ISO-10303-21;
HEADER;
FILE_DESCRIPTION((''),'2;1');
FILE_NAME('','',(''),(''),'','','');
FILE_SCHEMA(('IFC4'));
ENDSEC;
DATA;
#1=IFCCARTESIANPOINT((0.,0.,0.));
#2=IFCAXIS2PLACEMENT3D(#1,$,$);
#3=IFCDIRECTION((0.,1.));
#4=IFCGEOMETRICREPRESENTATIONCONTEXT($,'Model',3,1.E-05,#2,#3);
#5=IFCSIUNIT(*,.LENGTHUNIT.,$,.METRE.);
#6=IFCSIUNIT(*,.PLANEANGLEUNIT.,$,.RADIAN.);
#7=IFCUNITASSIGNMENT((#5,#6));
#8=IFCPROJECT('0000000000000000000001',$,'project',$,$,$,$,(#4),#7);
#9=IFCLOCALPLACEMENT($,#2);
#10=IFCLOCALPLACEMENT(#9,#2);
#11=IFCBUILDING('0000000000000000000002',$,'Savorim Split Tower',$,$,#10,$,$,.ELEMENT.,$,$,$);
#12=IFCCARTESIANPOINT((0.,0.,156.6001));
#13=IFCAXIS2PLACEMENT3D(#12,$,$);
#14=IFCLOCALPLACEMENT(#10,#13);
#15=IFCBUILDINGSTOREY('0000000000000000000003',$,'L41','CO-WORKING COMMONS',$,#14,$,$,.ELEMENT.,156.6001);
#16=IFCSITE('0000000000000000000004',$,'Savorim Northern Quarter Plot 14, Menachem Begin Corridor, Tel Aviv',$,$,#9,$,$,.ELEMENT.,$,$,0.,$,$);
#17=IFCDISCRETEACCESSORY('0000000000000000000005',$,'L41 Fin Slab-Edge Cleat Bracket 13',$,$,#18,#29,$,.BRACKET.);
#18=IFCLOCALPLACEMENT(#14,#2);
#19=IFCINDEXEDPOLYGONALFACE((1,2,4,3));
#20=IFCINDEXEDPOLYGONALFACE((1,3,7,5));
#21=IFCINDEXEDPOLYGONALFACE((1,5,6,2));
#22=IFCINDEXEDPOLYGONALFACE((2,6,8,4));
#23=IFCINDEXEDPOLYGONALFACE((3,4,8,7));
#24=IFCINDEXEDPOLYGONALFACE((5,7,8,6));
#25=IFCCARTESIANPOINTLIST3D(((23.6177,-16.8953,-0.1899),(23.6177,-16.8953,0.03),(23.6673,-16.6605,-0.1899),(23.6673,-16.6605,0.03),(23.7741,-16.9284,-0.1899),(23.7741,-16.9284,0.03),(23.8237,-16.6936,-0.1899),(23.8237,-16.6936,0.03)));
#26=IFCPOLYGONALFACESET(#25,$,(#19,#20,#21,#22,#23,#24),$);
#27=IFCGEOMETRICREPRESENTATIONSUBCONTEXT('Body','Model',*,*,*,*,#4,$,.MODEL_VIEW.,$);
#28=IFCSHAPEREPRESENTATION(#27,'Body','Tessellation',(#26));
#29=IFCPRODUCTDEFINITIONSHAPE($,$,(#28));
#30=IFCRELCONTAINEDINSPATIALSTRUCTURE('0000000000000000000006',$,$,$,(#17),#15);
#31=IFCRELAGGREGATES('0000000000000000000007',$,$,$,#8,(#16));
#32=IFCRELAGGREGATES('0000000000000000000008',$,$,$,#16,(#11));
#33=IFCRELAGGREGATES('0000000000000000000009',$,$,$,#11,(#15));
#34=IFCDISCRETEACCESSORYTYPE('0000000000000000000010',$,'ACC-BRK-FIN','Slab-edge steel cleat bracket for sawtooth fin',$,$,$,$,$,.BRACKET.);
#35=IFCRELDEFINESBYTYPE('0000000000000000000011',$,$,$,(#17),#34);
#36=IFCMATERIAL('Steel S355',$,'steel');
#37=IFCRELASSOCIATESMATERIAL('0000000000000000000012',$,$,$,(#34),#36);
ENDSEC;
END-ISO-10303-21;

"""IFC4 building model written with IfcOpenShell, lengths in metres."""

from ifc_helpers import new_model, si_unit, direction, frame, origin, origin_2d, place, context, subcontext, project, spatial, rectangle, extrude, material, type_object, element, save


model = new_model("IFC4")

# Units and contexts
model_context = context("Model", 3, precision=1e-05, world=origin(), true_north=direction((0.0, 1.0)))
body_context = subcontext(model_context, "Body", "Model", "MODEL_VIEW")
ifc_project = project(units=[si_unit("LENGTHUNIT", "METRE"), si_unit("PLANEANGLEUNIT", "RADIAN")], contexts=[model_context])

# Site, building, storey
site_placement = place(None, origin())
site = spatial("IfcSite", under=ifc_project, at=site_placement, Name="Savorim Northern Quarter Plot 14, Menachem Begin Corridor, Tel Aviv", CompositionType="ELEMENT", RefElevation=0.0)
building_placement = place(site_placement, origin())
building = spatial("IfcBuilding", under=site, at=building_placement, Name="Savorim Split Tower", CompositionType="ELEMENT")
storey_placement = place(building_placement, frame((0.0, 0.0, 156.6001)))
storey = spatial("IfcBuildingStorey", under=building, at=storey_placement, Name="L41", Description="CO-WORKING COMMONS", CompositionType="ELEMENT", Elevation=156.6001)

# Shared definitions
ifc_material_1 = material(Name="Steel S355", Category="steel")

# Discrete accessory
discrete_accessory_type = type_object("IfcDiscreteAccessoryType", Name="ACC-BRK-FIN", Description="Slab-edge steel cleat bracket for sawtooth fin", PredefinedType="BRACKET", material=ifc_material_1)
for number, where, z_axis, x_axis, name in (
    (1, (23.7207, -16.7944, -0.1899), (0.0, 0.0, 1.0), (-0.206722, -0.9784, 0.0), "L41 Fin Slab-Edge Cleat Bracket 13"),
):
    element("IfcDiscreteAccessory", number, at=place(storey_placement, frame(where, z_axis=z_axis, x_axis=x_axis)), inside=storey, type_object=discrete_accessory_type, Name=name, PredefinedType="BRACKET", context=body_context, shape_type="SweptSolid", body=[
        extrude(rectangle(XDim=0.24, YDim=0.1599, at=origin_2d()), origin(), (0.0, 0.0, 1.0), 0.22),
    ])

save(model, "model.ifc")
